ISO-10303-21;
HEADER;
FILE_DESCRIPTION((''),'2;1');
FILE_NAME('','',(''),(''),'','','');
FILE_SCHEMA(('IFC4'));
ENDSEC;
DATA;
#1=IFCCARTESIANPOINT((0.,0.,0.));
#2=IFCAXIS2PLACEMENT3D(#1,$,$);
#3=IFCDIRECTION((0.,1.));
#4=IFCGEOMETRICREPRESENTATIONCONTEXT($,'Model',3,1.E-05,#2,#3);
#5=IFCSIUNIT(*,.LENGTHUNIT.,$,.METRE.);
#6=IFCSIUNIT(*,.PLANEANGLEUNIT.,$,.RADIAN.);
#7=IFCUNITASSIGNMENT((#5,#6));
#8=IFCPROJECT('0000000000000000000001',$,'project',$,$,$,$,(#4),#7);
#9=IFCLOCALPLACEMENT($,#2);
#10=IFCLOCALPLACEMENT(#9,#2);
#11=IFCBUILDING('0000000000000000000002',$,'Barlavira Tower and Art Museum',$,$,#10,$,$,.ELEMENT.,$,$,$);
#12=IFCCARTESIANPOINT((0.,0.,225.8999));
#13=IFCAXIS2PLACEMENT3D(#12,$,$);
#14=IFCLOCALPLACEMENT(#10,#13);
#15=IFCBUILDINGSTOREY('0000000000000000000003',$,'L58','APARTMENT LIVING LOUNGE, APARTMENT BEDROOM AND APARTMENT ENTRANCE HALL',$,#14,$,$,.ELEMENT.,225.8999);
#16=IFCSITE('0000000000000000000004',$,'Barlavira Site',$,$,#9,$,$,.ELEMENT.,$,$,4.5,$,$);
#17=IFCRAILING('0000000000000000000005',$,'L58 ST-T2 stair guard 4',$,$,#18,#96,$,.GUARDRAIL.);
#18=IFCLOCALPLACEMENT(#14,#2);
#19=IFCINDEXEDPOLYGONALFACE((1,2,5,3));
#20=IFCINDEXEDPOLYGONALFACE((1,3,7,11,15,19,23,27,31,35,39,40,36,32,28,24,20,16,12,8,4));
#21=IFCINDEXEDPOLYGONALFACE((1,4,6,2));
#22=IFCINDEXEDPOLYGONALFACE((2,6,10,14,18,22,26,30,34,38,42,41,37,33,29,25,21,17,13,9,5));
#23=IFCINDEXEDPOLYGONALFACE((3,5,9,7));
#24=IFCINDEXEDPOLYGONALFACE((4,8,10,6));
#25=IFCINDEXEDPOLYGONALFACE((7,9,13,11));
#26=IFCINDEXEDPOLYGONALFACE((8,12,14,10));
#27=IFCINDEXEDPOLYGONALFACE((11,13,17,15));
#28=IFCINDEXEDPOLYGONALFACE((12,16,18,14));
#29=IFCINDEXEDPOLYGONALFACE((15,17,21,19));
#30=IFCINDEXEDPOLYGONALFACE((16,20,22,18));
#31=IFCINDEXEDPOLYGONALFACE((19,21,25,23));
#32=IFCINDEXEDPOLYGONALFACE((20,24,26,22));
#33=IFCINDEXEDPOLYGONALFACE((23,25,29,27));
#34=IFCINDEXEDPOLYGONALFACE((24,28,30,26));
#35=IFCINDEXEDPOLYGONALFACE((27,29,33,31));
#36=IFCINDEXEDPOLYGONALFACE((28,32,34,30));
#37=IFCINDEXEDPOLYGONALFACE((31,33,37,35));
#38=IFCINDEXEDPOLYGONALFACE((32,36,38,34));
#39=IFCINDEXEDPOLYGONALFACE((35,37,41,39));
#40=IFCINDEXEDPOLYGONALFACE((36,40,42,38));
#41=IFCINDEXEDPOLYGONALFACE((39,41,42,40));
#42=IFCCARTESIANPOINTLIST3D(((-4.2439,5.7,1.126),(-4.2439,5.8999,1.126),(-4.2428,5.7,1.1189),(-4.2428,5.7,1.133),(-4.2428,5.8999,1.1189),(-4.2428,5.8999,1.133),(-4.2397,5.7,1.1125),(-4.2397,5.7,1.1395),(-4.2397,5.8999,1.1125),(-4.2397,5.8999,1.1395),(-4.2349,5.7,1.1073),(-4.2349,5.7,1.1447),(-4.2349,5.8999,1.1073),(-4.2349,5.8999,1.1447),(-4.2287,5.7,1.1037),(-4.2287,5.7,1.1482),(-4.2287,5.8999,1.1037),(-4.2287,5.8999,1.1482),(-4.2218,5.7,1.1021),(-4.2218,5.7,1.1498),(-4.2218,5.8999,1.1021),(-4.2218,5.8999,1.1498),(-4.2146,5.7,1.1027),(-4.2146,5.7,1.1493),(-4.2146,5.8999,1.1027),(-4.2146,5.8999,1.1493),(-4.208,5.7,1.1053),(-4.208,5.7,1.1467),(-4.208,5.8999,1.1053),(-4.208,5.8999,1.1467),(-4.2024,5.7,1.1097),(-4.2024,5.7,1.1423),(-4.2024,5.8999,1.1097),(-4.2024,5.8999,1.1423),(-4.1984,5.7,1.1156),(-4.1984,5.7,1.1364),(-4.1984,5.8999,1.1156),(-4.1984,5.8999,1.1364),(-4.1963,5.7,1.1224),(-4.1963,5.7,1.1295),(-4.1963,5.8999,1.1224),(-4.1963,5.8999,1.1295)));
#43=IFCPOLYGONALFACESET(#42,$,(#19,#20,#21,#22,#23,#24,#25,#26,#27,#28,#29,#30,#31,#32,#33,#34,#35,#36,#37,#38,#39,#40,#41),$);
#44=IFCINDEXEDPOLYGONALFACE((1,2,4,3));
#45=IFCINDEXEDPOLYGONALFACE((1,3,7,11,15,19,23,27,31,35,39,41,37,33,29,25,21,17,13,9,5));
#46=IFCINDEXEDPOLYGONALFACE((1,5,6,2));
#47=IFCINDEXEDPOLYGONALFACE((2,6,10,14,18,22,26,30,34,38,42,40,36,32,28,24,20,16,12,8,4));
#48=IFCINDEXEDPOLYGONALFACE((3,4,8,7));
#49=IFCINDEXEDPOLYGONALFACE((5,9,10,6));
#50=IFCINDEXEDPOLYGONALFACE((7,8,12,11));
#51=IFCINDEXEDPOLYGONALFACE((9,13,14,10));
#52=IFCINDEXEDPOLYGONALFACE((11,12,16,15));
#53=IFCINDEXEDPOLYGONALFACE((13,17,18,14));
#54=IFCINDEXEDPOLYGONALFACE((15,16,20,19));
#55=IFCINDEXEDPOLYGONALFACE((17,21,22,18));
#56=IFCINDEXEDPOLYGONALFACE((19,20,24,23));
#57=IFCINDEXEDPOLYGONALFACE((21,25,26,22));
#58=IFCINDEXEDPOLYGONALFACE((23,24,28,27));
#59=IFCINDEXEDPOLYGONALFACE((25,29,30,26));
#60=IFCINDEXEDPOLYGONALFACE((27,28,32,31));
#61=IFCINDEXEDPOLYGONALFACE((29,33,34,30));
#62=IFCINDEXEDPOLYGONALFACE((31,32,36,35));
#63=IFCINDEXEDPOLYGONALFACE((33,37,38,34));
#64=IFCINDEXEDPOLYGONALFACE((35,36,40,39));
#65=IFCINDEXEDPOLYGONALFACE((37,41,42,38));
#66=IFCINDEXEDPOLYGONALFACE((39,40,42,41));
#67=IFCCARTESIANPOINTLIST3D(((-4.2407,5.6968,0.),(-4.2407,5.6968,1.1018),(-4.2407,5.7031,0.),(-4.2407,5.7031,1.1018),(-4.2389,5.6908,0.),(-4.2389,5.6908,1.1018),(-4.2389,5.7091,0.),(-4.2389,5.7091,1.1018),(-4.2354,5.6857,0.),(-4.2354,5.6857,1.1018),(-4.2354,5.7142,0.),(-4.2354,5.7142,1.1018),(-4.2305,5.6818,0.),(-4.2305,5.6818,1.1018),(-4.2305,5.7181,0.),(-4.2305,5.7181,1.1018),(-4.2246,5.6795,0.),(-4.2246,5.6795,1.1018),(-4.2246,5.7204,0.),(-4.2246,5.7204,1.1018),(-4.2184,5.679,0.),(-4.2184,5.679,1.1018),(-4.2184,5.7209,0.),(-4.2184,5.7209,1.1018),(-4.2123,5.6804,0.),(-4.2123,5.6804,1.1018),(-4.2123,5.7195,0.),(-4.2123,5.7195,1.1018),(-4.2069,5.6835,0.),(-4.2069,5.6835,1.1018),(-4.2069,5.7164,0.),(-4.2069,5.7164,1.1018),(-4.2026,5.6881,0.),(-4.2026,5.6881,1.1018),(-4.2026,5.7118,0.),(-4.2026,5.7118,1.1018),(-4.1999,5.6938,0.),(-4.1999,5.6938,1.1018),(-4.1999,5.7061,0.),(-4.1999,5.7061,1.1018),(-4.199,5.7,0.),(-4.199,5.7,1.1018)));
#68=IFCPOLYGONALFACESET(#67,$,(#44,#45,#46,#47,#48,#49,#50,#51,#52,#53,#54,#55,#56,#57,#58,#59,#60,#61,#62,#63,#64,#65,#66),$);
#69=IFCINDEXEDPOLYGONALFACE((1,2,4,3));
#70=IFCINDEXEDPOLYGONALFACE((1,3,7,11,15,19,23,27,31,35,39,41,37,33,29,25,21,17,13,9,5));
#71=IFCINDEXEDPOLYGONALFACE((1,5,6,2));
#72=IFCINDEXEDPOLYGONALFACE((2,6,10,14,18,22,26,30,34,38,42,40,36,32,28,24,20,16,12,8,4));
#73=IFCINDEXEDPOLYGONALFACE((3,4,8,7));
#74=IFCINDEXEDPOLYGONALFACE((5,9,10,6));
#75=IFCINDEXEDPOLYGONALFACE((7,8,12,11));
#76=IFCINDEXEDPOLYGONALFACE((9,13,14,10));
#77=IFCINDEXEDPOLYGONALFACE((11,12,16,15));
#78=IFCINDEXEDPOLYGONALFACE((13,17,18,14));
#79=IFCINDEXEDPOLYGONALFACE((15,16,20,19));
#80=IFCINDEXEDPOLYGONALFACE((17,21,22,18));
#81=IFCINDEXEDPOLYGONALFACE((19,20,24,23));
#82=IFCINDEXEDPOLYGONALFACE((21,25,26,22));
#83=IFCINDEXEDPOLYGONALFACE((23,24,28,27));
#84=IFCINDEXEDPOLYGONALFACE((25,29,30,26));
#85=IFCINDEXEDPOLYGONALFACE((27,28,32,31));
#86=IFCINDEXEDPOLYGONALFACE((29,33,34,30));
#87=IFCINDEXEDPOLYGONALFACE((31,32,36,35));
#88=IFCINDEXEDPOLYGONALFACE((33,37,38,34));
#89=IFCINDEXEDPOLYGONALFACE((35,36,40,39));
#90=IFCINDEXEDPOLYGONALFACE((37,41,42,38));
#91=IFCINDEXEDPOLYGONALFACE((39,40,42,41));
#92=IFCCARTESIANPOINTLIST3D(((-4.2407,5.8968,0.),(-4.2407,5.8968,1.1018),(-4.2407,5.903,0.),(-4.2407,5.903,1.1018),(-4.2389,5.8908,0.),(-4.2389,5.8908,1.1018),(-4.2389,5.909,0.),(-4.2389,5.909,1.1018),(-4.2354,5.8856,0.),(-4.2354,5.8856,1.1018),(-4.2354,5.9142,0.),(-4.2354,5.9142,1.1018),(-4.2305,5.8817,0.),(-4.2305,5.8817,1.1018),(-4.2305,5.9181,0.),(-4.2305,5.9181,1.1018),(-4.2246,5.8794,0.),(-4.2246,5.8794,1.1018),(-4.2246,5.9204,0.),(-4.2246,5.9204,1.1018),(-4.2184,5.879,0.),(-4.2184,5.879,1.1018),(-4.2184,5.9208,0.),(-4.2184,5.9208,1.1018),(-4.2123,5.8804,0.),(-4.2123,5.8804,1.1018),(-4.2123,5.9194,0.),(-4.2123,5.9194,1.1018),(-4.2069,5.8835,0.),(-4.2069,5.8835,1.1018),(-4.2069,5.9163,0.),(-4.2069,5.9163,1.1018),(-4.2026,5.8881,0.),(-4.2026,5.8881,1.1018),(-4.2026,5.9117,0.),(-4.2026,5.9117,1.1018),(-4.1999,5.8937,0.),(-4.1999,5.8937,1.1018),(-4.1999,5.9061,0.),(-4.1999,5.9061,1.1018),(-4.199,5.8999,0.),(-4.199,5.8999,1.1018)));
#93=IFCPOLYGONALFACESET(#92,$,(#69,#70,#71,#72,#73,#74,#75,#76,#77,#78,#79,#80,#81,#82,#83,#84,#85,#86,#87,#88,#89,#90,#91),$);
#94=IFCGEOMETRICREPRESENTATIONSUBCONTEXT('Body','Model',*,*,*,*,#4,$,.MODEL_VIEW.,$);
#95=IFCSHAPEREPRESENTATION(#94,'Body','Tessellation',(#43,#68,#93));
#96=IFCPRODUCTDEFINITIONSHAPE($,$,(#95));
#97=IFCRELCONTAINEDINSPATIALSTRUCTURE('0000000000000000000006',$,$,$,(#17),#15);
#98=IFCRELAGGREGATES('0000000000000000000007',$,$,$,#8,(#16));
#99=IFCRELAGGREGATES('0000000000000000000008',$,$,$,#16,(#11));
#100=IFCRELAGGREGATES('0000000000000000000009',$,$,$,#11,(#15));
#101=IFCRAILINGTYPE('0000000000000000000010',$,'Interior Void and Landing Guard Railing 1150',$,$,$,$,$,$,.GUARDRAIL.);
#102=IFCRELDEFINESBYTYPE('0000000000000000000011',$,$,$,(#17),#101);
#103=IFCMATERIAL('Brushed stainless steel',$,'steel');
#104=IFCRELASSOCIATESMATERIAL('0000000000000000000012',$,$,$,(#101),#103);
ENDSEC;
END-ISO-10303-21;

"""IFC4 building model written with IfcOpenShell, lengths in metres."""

from ifc_helpers import new_model, si_unit, direction, frame, origin, origin_2d, place, context, subcontext, project, spatial, circle, extrude, material, type_object, element, save


model = new_model("IFC4")

# Units and contexts
model_context = context("Model", 3, precision=1e-05, world=origin(), true_north=direction((0.0, 1.0)))
body_context = subcontext(model_context, "Body", "Model", "MODEL_VIEW")
ifc_project = project(units=[si_unit("LENGTHUNIT", "METRE"), si_unit("PLANEANGLEUNIT", "RADIAN")], contexts=[model_context])

# Site, building, storey
site_placement = place(None, origin())
site = spatial("IfcSite", under=ifc_project, at=site_placement, Name="Barlavira Site", CompositionType="ELEMENT", RefElevation=4.5)
building_placement = place(site_placement, origin())
building = spatial("IfcBuilding", under=site, at=building_placement, Name="Barlavira Tower and Art Museum", CompositionType="ELEMENT")
storey_placement = place(building_placement, frame((0.0, 0.0, 225.8999)))
storey = spatial("IfcBuildingStorey", under=building, at=storey_placement, Name="L58", Description="APARTMENT LIVING LOUNGE, APARTMENT BEDROOM AND APARTMENT ENTRANCE HALL", CompositionType="ELEMENT", Elevation=225.8999)

# Shared definitions
ifc_material_1 = material(Name="Brushed stainless steel", Category="steel")

# Railing
railing_type_1 = type_object("IfcRailingType", Name="Interior Void and Landing Guard Railing 1150", PredefinedType="GUARDRAIL", material=ifc_material_1)
railing_1_placement = place(storey_placement, frame((-4.22, 5.7, 0.0)))
element("IfcRailing", 1, at=railing_1_placement, inside=storey, type_object=railing_type_1, Name="L58 ST-T2 stair guard 4", PredefinedType="GUARDRAIL", context=body_context, shape_type="SweptSolid", body=[
    extrude(circle(Radius=0.0239, at=origin_2d()), frame((0.0, 0.0, 1.126), z_axis=(0.0, 1.0, 0.0), x_axis=(-1.0, 0.0, 0.0)), (0.0, 0.0, 1.0), 0.2),
    extrude(circle(Radius=0.021, at=origin_2d()), origin(), (0.0, 0.0, 1.0), 1.1018),
    extrude(circle(Radius=0.021, at=origin_2d()), frame((0.0, 0.2, 0.0)), (0.0, 0.0, 1.0), 1.1018),
])

save(model, "model.ifc")
